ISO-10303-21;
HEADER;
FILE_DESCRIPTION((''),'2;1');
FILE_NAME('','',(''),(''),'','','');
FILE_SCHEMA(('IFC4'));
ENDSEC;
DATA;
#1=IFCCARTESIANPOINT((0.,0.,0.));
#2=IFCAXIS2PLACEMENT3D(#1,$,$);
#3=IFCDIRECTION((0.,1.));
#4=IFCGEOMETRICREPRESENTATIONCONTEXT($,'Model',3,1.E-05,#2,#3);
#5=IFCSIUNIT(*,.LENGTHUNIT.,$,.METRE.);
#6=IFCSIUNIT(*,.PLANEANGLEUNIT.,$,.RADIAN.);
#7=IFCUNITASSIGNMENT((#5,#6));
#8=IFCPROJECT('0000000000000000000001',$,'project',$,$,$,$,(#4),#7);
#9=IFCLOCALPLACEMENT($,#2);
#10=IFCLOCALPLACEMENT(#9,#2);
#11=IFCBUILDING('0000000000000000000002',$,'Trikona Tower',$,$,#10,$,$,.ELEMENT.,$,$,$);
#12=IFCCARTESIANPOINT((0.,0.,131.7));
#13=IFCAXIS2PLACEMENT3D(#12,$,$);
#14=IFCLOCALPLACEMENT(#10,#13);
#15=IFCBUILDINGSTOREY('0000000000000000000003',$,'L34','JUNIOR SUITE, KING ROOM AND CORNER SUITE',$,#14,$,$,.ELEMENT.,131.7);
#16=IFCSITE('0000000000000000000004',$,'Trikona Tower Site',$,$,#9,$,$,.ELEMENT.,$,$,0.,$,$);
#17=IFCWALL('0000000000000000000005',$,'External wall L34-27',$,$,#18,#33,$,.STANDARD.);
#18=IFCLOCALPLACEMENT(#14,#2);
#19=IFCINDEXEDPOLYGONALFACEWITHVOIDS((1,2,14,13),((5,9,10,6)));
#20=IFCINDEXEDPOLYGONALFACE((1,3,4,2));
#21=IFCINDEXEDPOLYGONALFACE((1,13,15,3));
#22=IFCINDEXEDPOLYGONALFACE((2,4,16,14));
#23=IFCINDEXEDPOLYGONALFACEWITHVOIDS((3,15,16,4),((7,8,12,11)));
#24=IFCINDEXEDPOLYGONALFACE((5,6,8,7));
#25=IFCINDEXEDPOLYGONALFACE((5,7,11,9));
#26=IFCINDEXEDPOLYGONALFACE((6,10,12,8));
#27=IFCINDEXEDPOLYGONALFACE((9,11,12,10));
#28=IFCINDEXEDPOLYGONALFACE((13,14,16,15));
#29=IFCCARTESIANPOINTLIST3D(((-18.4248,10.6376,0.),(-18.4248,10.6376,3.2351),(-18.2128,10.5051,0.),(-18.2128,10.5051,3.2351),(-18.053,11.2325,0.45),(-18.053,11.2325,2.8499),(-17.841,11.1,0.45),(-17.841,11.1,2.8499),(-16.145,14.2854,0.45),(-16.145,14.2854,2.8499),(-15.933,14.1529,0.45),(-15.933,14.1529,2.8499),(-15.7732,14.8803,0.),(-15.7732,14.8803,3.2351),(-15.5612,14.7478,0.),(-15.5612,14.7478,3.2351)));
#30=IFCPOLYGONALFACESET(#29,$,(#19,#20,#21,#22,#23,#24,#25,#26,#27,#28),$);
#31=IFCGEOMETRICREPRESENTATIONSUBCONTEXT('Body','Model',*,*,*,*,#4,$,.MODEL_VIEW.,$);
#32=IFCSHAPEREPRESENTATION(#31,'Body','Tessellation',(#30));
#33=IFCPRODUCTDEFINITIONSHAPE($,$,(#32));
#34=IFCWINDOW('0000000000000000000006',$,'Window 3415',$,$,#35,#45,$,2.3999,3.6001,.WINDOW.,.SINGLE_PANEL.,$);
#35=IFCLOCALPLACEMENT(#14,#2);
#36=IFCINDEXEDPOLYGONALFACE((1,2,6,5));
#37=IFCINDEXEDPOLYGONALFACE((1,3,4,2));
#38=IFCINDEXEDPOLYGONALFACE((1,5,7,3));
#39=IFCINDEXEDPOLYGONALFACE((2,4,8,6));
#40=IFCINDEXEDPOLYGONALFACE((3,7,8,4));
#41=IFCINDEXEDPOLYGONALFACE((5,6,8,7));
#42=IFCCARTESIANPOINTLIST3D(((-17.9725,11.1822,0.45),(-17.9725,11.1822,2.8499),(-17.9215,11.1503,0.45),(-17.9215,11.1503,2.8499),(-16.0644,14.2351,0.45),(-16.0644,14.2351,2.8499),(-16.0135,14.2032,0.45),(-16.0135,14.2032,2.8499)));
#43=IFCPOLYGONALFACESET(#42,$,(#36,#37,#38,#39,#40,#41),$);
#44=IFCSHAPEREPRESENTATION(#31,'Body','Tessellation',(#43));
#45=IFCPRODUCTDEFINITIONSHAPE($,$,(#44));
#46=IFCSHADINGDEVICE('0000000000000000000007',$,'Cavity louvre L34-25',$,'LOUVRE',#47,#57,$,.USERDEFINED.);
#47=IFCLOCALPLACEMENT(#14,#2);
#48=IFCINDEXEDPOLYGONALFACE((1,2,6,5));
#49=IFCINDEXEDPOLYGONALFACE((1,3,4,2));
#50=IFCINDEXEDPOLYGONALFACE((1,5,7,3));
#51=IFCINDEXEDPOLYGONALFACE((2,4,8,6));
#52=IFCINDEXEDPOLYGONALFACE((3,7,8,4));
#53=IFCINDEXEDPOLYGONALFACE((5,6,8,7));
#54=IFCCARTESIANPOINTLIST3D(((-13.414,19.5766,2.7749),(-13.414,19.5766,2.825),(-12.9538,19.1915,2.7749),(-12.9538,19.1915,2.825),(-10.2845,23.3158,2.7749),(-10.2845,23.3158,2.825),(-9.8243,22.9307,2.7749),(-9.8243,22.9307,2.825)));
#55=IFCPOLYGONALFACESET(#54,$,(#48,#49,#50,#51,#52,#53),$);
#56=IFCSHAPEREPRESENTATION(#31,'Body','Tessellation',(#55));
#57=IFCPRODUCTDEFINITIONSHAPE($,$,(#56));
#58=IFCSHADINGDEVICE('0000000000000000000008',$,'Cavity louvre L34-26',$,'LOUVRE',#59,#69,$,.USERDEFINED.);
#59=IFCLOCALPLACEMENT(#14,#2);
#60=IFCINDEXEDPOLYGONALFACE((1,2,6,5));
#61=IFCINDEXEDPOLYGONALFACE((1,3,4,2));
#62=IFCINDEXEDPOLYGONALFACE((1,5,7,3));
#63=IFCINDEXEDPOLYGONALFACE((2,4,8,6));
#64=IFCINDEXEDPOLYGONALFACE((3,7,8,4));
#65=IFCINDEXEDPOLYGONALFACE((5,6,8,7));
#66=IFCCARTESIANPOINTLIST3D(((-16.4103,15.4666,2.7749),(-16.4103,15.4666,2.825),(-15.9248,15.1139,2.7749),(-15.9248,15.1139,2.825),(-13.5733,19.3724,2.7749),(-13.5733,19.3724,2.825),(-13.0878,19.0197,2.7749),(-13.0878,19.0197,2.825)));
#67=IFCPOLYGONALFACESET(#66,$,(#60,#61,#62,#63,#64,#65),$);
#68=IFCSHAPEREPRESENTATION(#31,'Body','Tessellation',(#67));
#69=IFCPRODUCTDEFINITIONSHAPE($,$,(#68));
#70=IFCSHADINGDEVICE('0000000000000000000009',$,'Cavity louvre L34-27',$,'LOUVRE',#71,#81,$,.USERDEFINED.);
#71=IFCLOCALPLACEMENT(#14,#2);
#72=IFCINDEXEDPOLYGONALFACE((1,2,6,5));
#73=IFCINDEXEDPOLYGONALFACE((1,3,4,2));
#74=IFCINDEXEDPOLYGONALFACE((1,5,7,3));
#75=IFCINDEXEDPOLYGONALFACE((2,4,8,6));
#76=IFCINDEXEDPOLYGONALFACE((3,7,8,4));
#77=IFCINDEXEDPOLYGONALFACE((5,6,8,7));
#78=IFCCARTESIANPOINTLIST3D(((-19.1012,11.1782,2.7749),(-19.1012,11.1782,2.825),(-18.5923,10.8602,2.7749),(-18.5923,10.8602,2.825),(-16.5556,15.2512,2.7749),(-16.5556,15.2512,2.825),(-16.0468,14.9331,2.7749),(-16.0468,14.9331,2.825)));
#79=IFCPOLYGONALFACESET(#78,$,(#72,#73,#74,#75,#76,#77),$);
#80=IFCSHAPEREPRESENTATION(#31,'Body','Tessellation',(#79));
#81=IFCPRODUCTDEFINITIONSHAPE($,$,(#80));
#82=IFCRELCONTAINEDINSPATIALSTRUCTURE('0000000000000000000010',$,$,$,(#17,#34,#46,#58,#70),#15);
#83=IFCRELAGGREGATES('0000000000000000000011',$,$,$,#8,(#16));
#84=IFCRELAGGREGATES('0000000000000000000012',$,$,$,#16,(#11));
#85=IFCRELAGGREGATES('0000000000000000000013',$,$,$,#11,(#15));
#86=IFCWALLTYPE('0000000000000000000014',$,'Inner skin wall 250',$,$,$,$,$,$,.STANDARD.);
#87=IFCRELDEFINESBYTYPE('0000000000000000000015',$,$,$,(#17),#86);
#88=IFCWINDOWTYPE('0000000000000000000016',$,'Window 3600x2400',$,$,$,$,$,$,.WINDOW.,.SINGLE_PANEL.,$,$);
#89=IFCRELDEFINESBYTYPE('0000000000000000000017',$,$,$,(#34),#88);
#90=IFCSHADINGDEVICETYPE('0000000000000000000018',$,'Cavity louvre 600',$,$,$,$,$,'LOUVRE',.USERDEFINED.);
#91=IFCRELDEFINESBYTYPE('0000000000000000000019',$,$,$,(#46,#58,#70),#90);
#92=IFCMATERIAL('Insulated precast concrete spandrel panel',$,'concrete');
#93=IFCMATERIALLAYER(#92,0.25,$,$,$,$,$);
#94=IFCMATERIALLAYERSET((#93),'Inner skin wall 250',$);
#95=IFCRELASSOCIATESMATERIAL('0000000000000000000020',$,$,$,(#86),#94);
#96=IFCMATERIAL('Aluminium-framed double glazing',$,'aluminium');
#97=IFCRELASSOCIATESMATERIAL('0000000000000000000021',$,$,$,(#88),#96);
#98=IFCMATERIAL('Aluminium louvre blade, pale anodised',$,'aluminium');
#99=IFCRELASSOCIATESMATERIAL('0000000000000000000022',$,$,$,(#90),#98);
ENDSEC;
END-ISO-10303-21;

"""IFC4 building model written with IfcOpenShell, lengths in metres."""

from ifc_helpers import new_model, si_unit, direction, frame, frame_2d, origin, origin_2d, place, context, subcontext, project, spatial, rectangle, extrude, material, layer, layer_set, type_object, element, fill, save


model = new_model("IFC4")

# Units and contexts
model_context = context("Model", 3, precision=1e-05, world=origin(), true_north=direction((0.0, 1.0)))
body_context = subcontext(model_context, "Body", "Model", "MODEL_VIEW")
ifc_project = project(units=[si_unit("LENGTHUNIT", "METRE"), si_unit("PLANEANGLEUNIT", "RADIAN")], contexts=[model_context])

# Site, building, storey
site_placement = place(None, origin())
site = spatial("IfcSite", under=ifc_project, at=site_placement, Name="Trikona Tower Site", CompositionType="ELEMENT", RefElevation=0.0)
building_placement = place(site_placement, origin())
building = spatial("IfcBuilding", under=site, at=building_placement, Name="Trikona Tower", CompositionType="ELEMENT")
storey_placement = place(building_placement, frame((0.0, 0.0, 131.7)))
storey = spatial("IfcBuildingStorey", under=building, at=storey_placement, Name="L34", Description="JUNIOR SUITE, KING ROOM AND CORNER SUITE", CompositionType="ELEMENT", Elevation=131.7)

# Wall, opening, window
ifc_material_1 = material(Name="Insulated precast concrete spandrel panel", Category="concrete")
ifc_layer_1 = layer(ifc_material_1, 0.25)
ifc_layer_set_1 = layer_set([ifc_layer_1], Name="Inner skin wall 250")
wall_type = type_object("IfcWallType", Name="Inner skin wall 250", PredefinedType="STANDARD", material=ifc_layer_set_1)
ifc_material_2 = material(Name="Aluminium-framed double glazing", Category="aluminium")
window_type = type_object("IfcWindowType", Name="Window 3600x2400", PartitioningType="SINGLE_PANEL", PredefinedType="WINDOW", material=ifc_material_2)
wall_1_placement = place(storey_placement, frame((-15.6672, 14.814, 0.0), z_axis=(0.0, 0.0, 1.0), x_axis=(-0.52999, -0.848004, 0.0)))
wall_1 = element("IfcWall", 1, at=wall_1_placement, inside=storey, type_object=wall_type, Name="External wall L34-27", PredefinedType="STANDARD", context=body_context, shape_type="SweptSolid", body=[
    extrude(rectangle(XDim=5.0032, YDim=0.25, at=frame_2d((2.5015, 0.0))), origin(), (0.0, 0.0, 1.0), 3.2351),
])
opening_1_placement = place(wall_1_placement, frame((0.7014, 0.0, 0.45)))
opening_1 = element("IfcOpeningElement", 2, at=opening_1_placement, cuts=wall_1, PredefinedType="OPENING", context=body_context, shape_type="SweptSolid", body=[
    extrude(rectangle(XDim=3.6001, YDim=2.3999, at=frame_2d((1.8, 1.2))), frame((0.0, 0.135, 0.0), z_axis=(0.0, -1.0, 0.0), x_axis=(1.0, 0.0, 0.0)), (0.0, 0.0, 1.0), 0.27),
])
window_1_placement = place(opening_1_placement, origin())
window_1 = element("IfcWindow", 3, at=window_1_placement, inside=storey, type_object=window_type, Name="Window 3415", OverallHeight=2.3999, OverallWidth=3.6001, PartitioningType="SINGLE_PANEL", PredefinedType="WINDOW", context=body_context, shape_type="SweptSolid", body=[
    extrude(rectangle(XDim=3.6001, YDim=2.3999, at=frame_2d((1.8, 1.2))), frame((0.0, 0.03, 0.0), z_axis=(0.0, -1.0, 0.0), x_axis=(1.0, 0.0, 0.0)), (0.0, 0.0, 1.0), 0.0601),
])
fill(opening_1, window_1)

# Shading devices
ifc_material_3 = material(Name="Aluminium louvre blade, pale anodised", Category="aluminium")
shading_device_type = type_object("IfcShadingDeviceType", Name="Cavity louvre 600", ElementType="LOUVRE", PredefinedType="USERDEFINED", material=ifc_material_3)
shading_device_1_placement = place(storey_placement, frame((-11.6191, 21.2537, 2.7749), z_axis=(0.0, 0.0, 1.0), x_axis=(-0.641807, -0.766866, 0.0)))
element("IfcShadingDevice", 4, at=shading_device_1_placement, inside=storey, type_object=shading_device_type, Name="Cavity louvre L34-25", ObjectType="LOUVRE", PredefinedType="USERDEFINED", context=body_context, shape_type="SweptSolid", body=[
    extrude(rectangle(XDim=4.876, YDim=0.6001, at=origin_2d()), origin(), (0.0, 0.0, 1.0), 0.05),
])
shading_device_2_placement = place(storey_placement, frame((-14.749, 17.2432, 2.7749), z_axis=(0.0, 0.0, 1.0), x_axis=(-0.587686, -0.809089, 0.0)))
element("IfcShadingDevice", 5, at=shading_device_2_placement, inside=storey, type_object=shading_device_type, Name="Cavity louvre L34-26", ObjectType="LOUVRE", PredefinedType="USERDEFINED", context=body_context, shape_type="SweptSolid", body=[
    extrude(rectangle(XDim=4.8274, YDim=0.6001, at=origin_2d()), origin(), (0.0, 0.0, 1.0), 0.05),
])
shading_device_3_placement = place(storey_placement, frame((-17.574, 13.0557, 2.7749), z_axis=(0.0, 0.0, 1.0), x_axis=(-0.529995, -0.848001, 0.0)))
element("IfcShadingDevice", 6, at=shading_device_3_placement, inside=storey, type_object=shading_device_type, Name="Cavity louvre L34-27", ObjectType="LOUVRE", PredefinedType="USERDEFINED", context=body_context, shape_type="SweptSolid", body=[
    extrude(rectangle(XDim=4.803, YDim=0.6001, at=origin_2d()), origin(), (0.0, 0.0, 1.0), 0.05),
])

save(model, "model.ifc")
